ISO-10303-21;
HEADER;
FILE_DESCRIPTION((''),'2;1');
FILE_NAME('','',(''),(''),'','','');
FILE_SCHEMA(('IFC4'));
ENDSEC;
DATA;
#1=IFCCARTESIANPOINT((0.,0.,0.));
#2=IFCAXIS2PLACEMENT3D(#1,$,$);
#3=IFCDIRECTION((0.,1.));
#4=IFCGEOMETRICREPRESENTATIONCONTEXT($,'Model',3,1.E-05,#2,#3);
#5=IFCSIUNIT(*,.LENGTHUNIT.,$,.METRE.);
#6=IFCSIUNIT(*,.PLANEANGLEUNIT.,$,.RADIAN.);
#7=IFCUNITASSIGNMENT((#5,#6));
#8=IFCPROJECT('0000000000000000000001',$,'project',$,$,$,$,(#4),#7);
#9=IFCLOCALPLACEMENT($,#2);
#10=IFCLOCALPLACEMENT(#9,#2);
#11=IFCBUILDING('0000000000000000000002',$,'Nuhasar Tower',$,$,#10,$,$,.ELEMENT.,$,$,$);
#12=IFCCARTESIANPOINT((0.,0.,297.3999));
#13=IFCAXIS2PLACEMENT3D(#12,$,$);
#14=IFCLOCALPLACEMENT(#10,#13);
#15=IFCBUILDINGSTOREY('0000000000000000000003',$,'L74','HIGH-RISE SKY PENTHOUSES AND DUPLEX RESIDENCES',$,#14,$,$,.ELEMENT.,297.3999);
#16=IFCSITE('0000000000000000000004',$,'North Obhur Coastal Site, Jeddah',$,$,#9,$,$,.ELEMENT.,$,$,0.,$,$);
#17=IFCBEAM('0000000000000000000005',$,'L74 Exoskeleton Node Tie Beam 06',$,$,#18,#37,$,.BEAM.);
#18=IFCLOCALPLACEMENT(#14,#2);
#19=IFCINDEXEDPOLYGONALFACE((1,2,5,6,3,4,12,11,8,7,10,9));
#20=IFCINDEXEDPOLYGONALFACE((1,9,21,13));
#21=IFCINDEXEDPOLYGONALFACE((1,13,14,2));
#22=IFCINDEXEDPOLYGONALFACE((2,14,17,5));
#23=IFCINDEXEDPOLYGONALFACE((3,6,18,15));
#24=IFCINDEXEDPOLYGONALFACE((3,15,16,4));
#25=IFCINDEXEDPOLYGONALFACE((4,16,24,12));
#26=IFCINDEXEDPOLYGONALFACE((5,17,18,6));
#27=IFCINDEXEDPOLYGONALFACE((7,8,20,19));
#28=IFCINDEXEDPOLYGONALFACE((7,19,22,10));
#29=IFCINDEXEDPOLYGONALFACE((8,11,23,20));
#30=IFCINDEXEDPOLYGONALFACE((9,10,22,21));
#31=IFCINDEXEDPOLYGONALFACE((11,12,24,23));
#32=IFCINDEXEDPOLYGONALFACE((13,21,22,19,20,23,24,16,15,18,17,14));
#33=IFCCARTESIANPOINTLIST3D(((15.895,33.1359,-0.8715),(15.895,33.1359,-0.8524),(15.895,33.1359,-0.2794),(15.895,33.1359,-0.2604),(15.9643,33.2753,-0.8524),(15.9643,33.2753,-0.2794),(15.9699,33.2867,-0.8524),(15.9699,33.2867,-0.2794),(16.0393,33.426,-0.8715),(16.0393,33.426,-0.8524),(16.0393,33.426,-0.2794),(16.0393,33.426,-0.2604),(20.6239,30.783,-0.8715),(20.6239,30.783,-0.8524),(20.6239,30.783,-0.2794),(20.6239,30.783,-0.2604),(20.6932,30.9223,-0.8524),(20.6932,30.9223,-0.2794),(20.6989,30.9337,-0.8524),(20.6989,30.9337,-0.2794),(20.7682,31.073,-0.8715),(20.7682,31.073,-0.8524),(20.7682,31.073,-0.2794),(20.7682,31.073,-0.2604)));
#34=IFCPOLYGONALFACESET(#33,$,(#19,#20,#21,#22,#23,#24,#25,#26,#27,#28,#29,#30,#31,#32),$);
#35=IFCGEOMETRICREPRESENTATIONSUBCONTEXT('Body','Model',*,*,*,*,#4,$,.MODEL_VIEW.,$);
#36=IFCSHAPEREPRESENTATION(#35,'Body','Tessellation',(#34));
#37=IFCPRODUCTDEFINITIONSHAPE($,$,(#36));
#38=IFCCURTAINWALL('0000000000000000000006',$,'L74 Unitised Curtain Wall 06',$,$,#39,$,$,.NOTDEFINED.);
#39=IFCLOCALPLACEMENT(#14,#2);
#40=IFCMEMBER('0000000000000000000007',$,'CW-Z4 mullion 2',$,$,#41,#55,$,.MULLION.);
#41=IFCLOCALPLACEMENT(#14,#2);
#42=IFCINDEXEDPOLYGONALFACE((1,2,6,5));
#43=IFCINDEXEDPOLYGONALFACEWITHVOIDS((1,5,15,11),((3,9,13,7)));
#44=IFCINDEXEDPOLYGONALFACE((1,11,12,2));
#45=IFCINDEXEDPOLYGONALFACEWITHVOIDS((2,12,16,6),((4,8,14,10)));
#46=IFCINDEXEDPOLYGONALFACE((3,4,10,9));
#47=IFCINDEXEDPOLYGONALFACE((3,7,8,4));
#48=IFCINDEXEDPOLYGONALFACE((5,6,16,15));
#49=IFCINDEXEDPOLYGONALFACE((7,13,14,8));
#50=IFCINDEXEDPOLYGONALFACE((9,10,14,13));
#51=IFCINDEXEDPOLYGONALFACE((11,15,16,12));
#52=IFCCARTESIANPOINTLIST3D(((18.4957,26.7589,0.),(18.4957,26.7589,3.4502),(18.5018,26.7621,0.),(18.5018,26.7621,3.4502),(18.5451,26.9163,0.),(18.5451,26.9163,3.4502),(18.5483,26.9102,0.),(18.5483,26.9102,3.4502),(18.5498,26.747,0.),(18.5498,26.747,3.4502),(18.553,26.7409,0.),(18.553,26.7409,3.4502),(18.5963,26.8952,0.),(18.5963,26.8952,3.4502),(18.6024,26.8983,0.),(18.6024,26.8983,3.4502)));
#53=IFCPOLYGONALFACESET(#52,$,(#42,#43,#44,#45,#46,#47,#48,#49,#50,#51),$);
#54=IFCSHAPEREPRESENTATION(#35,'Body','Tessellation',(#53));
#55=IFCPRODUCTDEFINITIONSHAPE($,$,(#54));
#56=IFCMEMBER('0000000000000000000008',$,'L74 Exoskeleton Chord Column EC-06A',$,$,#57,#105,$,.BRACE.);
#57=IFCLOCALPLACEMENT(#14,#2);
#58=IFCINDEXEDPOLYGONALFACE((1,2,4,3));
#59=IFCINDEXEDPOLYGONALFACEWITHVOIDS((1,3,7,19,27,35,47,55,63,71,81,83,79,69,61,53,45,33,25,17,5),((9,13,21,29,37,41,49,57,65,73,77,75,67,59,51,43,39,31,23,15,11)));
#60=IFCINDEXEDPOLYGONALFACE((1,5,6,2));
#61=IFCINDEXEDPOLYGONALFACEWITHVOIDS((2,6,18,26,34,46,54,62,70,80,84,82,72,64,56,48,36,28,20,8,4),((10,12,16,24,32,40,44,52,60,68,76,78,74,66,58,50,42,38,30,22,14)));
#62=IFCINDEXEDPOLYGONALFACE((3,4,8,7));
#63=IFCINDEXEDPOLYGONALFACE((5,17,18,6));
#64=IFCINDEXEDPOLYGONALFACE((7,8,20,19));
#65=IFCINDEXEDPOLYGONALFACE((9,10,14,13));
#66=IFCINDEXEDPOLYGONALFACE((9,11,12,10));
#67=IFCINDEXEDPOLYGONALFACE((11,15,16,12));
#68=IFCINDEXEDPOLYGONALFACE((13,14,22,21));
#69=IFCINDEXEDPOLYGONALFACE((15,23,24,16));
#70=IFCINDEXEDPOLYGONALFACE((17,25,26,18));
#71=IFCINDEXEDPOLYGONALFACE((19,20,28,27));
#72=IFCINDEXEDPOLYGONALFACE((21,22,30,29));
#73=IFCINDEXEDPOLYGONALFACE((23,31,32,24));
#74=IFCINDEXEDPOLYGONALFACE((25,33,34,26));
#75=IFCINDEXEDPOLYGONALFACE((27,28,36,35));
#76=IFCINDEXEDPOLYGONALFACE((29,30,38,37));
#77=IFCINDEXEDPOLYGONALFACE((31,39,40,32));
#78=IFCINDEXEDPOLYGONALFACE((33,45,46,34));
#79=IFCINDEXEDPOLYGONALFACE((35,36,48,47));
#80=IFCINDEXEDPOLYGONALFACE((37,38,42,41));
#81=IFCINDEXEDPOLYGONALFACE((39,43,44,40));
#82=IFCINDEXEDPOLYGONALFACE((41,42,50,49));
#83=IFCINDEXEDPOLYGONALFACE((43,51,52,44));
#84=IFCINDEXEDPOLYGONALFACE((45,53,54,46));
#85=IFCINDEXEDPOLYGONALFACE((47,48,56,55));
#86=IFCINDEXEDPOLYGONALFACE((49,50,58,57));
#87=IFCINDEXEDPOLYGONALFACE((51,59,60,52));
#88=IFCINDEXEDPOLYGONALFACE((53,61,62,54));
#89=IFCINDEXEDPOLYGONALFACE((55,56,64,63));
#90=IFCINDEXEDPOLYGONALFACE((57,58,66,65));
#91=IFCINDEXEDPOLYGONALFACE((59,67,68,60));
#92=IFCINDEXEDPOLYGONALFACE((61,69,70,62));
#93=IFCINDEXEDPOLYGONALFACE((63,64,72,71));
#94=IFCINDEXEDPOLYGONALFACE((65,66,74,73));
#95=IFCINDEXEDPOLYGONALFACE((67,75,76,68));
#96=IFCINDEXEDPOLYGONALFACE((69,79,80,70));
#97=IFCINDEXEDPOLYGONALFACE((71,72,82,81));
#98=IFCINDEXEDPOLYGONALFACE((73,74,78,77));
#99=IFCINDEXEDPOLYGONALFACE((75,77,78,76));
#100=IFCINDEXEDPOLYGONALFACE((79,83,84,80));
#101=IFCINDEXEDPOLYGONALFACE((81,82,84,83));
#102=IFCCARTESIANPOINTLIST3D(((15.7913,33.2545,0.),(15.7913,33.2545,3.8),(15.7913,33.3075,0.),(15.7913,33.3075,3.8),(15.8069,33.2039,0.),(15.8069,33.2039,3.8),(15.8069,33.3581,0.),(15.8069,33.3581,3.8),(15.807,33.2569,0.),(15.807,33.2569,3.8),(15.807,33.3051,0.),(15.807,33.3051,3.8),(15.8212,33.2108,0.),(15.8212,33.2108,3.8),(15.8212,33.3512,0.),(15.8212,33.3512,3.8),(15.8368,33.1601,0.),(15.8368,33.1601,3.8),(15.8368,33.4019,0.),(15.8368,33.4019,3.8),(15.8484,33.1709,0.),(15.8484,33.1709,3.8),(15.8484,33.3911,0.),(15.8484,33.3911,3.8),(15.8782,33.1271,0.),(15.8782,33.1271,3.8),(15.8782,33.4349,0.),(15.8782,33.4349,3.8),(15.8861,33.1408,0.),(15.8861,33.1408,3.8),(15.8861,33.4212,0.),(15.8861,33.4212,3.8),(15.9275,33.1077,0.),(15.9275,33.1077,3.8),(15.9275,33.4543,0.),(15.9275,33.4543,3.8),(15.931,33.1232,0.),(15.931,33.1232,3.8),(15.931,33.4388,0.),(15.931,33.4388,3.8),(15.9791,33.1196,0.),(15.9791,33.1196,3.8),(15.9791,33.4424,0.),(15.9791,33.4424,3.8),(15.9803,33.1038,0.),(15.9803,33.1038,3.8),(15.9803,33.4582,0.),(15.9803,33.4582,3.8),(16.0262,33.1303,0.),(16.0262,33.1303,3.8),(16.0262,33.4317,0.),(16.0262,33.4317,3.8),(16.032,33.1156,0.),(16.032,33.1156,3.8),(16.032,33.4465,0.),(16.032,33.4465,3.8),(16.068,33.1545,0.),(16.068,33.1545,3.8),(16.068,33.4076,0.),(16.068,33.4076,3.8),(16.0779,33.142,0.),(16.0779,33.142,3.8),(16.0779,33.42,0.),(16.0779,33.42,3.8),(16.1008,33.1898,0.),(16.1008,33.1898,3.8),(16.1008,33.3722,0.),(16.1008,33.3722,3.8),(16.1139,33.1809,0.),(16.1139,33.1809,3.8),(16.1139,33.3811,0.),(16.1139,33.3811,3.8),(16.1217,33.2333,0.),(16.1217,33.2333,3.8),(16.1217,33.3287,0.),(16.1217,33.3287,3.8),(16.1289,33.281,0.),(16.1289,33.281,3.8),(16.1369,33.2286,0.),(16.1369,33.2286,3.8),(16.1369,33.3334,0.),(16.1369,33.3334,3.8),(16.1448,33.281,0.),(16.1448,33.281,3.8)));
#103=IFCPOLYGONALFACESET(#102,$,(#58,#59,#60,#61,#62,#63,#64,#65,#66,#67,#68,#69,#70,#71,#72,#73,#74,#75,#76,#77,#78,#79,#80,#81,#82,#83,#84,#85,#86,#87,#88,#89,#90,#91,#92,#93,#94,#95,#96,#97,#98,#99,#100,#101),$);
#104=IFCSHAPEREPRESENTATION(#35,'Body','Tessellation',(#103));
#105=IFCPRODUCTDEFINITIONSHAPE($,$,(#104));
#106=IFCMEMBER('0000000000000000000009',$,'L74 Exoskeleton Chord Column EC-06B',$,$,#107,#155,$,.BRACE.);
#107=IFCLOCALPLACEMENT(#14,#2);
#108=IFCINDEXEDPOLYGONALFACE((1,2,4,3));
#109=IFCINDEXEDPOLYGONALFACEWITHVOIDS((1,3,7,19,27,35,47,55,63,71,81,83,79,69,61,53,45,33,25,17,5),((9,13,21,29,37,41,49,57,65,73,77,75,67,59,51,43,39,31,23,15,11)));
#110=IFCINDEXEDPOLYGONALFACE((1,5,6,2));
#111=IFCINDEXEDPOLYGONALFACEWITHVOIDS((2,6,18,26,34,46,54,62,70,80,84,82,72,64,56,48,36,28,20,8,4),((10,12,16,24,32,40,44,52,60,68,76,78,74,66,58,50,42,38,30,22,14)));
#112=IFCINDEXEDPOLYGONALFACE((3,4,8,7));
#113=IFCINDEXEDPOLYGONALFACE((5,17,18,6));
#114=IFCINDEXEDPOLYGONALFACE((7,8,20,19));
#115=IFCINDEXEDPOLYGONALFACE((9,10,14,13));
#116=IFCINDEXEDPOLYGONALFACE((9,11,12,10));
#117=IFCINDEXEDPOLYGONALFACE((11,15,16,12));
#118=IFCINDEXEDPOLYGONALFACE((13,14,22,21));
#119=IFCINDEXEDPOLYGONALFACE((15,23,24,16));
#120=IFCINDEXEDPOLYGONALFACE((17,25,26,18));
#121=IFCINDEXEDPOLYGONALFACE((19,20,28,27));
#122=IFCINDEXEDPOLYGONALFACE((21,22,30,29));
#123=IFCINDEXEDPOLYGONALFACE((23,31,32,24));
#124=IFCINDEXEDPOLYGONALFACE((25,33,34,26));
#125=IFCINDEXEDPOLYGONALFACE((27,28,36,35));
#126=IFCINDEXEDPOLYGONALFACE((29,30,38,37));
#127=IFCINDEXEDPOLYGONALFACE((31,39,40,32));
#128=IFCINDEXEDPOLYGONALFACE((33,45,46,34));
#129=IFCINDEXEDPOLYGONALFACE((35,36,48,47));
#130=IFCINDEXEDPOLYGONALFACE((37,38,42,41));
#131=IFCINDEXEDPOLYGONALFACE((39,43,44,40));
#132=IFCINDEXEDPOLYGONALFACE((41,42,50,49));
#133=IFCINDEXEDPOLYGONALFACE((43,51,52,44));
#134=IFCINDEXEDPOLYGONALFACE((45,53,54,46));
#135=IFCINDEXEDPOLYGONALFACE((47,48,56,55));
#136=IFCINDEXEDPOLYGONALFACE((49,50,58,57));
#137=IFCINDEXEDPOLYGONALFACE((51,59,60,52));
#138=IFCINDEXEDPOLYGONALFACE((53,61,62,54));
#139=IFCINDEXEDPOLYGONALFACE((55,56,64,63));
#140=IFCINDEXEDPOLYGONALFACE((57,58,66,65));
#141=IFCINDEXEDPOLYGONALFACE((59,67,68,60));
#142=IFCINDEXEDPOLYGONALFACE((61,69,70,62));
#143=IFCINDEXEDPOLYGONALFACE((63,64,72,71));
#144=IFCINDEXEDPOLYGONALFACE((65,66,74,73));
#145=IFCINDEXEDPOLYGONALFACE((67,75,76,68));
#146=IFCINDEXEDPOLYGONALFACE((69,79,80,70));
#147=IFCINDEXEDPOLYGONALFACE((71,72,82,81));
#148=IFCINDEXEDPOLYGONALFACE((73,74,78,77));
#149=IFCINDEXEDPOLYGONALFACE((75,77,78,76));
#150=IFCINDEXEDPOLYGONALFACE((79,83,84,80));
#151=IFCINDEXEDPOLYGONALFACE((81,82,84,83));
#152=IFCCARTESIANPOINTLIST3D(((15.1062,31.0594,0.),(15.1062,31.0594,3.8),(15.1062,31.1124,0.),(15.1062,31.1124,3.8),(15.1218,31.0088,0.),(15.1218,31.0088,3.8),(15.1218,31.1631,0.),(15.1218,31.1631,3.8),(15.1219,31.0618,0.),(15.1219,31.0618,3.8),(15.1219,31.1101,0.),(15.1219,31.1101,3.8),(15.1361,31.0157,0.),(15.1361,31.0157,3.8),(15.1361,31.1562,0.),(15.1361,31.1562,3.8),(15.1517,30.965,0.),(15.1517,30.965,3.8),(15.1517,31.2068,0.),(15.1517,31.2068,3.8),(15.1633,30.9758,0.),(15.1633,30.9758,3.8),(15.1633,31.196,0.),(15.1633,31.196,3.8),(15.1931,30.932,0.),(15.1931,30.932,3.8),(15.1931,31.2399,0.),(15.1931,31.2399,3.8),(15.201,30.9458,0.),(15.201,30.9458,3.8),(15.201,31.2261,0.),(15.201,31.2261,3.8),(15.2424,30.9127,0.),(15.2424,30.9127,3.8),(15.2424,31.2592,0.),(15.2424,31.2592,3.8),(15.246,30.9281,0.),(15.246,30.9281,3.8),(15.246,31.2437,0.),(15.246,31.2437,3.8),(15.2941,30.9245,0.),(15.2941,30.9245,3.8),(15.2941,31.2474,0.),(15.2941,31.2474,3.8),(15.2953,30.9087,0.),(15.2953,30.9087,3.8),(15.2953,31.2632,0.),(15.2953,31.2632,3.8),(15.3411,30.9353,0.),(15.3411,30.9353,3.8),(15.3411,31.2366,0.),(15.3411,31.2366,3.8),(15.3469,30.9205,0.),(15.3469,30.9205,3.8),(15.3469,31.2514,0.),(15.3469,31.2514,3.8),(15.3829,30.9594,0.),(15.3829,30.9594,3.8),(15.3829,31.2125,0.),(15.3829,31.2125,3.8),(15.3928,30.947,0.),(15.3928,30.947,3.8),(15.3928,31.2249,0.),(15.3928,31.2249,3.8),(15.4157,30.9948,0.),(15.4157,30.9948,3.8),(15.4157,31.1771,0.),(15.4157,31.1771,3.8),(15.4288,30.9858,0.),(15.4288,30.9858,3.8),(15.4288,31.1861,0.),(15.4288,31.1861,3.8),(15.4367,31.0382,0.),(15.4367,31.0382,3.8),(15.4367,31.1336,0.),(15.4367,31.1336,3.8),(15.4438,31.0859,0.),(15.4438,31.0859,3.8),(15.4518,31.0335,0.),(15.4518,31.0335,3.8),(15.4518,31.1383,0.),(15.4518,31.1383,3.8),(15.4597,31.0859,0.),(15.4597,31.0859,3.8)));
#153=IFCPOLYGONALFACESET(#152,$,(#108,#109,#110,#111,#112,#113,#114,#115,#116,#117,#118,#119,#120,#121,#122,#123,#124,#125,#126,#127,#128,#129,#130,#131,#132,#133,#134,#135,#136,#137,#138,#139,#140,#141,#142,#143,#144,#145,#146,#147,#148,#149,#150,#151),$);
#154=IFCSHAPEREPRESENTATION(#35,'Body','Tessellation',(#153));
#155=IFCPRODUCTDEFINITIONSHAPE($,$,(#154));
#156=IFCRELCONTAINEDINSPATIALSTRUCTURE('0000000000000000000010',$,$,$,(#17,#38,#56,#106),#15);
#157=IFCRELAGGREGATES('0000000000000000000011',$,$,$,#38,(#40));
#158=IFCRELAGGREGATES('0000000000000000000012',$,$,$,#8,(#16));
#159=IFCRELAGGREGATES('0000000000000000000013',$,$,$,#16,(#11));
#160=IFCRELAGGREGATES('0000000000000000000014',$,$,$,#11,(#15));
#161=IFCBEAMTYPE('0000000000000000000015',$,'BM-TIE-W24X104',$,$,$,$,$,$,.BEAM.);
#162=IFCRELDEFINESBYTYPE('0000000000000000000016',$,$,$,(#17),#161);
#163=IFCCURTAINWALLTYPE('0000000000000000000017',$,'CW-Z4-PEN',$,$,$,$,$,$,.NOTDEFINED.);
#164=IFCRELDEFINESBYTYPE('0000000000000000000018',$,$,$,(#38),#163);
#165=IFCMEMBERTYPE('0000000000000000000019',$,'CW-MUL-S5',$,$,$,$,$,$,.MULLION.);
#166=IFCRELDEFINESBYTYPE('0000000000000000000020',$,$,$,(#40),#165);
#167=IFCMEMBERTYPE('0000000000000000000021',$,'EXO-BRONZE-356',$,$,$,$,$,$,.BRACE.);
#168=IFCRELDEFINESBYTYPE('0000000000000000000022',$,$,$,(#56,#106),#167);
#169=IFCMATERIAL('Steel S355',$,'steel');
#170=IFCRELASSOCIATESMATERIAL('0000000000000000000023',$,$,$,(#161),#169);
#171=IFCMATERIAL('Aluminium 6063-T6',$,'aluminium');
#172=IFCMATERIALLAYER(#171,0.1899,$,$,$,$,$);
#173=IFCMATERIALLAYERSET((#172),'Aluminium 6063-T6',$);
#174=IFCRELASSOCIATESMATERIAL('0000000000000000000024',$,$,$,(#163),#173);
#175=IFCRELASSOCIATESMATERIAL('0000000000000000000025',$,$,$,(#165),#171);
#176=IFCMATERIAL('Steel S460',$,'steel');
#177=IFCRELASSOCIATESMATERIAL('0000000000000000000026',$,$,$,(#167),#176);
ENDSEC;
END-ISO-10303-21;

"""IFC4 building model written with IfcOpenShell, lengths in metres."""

from ifc_helpers import new_model, si_unit, direction, frame, origin, origin_2d, place, context, subcontext, project, spatial, hollow_rectangle, hollow_circle, i_section, extrude, material, layer, layer_set, material_profile, profile_set, type_object, element, aggregate, save


model = new_model("IFC4")

# Units and contexts
model_context = context("Model", 3, precision=1e-05, world=origin(), true_north=direction((0.0, 1.0)))
body_context = subcontext(model_context, "Body", "Model", "MODEL_VIEW")
ifc_project = project(units=[si_unit("LENGTHUNIT", "METRE"), si_unit("PLANEANGLEUNIT", "RADIAN")], contexts=[model_context])

# Site, building, storey
site_placement = place(None, origin())
site = spatial("IfcSite", under=ifc_project, at=site_placement, Name="North Obhur Coastal Site, Jeddah", CompositionType="ELEMENT", RefElevation=0.0)
building_placement = place(site_placement, origin())
building = spatial("IfcBuilding", under=site, at=building_placement, Name="Nuhasar Tower", CompositionType="ELEMENT")
storey_placement = place(building_placement, frame((0.0, 0.0, 297.3999)))
storey = spatial("IfcBuildingStorey", under=building, at=storey_placement, Name="L74", Description="HIGH-RISE SKY PENTHOUSES AND DUPLEX RESIDENCES", CompositionType="ELEMENT", Elevation=297.3999)

# Beam
ifc_material_1 = material(Name="Steel S355", Category="steel")
ifc_material_profile_1 = material_profile(ifc_material_1, i_section(OverallWidth=0.324, OverallDepth=0.6111, WebThickness=0.0127, FlangeThickness=0.019, at=origin_2d()), Name="W24X104")
ifc_profile_set_1 = profile_set([ifc_material_profile_1], Name="Steel S355")
beam_type_1 = type_object("IfcBeamType", Name="BM-TIE-W24X104", PredefinedType="BEAM", material=ifc_profile_set_1)
beam_1_placement = place(storey_placement, frame((20.696, 30.928, -0.5659), z_axis=(-0.895294, 0.445475, 0.0), x_axis=(-0.445475, -0.895294, 0.0)))
element("IfcBeam", 1, at=beam_1_placement, inside=storey, type_object=beam_type_1, Name="L74 Exoskeleton Node Tie Beam 06", PredefinedType="BEAM", context=body_context, shape_type="SweptSolid", body=[
    extrude(i_section(OverallWidth=0.324, OverallDepth=0.6111, WebThickness=0.0127, FlangeThickness=0.019, at=origin_2d()), origin(), (0.0, 0.0, 1.0), 5.282),
])

# Curtain wall, member
ifc_material_2 = material(Name="Aluminium 6063-T6", Category="aluminium")
ifc_layer_1 = layer(ifc_material_2, 0.1899)
ifc_layer_set_1 = layer_set([ifc_layer_1], Name="Aluminium 6063-T6")
curtain_wall_type = type_object("IfcCurtainWallType", Name="CW-Z4-PEN", PredefinedType="NOTDEFINED", material=ifc_layer_set_1)
curtain_wall_placement = place(storey_placement, origin())
curtain_wall = element("IfcCurtainWall", 2, at=curtain_wall_placement, inside=storey, type_object=curtain_wall_type, Name="L74 Unitised Curtain Wall 06", PredefinedType="NOTDEFINED")
ifc_material_profile_2 = material_profile(ifc_material_2, hollow_rectangle(XDim=0.0601, YDim=0.165, WallThickness=0.0049, at=origin_2d()), Name="CWM-5")
ifc_profile_set_2 = profile_set([ifc_material_profile_2], Name="Aluminium 6063-T6")
member_type_1 = type_object("IfcMemberType", Name="CW-MUL-S5", PredefinedType="MULLION", material=ifc_profile_set_2)
member_placement = place(storey_placement, frame((18.5491, 26.8286, 0.0), z_axis=(0.0, 0.0, 1.0), x_axis=(0.954079, -0.299557, 0.0)))
member = element("IfcMember", 3, at=member_placement, type_object=member_type_1, Name="CW-Z4 mullion 2", PredefinedType="MULLION", context=body_context, shape_type="SweptSolid", body=[
    extrude(hollow_rectangle(XDim=0.0601, YDim=0.165, WallThickness=0.0049, at=origin_2d()), origin(), (0.0, 0.0, 1.0), 3.4502),
])

# Members
ifc_material_3 = material(Name="Steel S460", Category="steel")
ifc_material_profile_3 = material_profile(ifc_material_3, hollow_circle(Radius=0.1777, WallThickness=0.0159, at=origin_2d()), Name="HSS355.6X15.9")
ifc_profile_set_3 = profile_set([ifc_material_profile_3], Name="Steel S460")
member_type_2 = type_object("IfcMemberType", Name="EXO-BRONZE-356", PredefinedType="BRACE", material=ifc_profile_set_3)
for number, where, z_axis, x_axis, name in (
    (4, (15.967, 33.281, 0.0), (0.0, 0.0, 1.0), (1.0, 0.0, 0.0), "L74 Exoskeleton Chord Column EC-06A"),
    (5, (15.282, 31.0859, 0.0), (0.0, 0.0, 1.0), (1.0, 0.0, 0.0), "L74 Exoskeleton Chord Column EC-06B"),
):
    element("IfcMember", number, at=place(storey_placement, frame(where, z_axis=z_axis, x_axis=x_axis)), inside=storey, type_object=member_type_2, Name=name, PredefinedType="BRACE", context=body_context, shape_type="SweptSolid", body=[
        extrude(hollow_circle(Radius=0.1777, WallThickness=0.0159, at=origin_2d()), origin(), (0.0, 0.0, 1.0), 3.8),
    ])

aggregate(curtain_wall, [member])

save(model, "model.ifc")
